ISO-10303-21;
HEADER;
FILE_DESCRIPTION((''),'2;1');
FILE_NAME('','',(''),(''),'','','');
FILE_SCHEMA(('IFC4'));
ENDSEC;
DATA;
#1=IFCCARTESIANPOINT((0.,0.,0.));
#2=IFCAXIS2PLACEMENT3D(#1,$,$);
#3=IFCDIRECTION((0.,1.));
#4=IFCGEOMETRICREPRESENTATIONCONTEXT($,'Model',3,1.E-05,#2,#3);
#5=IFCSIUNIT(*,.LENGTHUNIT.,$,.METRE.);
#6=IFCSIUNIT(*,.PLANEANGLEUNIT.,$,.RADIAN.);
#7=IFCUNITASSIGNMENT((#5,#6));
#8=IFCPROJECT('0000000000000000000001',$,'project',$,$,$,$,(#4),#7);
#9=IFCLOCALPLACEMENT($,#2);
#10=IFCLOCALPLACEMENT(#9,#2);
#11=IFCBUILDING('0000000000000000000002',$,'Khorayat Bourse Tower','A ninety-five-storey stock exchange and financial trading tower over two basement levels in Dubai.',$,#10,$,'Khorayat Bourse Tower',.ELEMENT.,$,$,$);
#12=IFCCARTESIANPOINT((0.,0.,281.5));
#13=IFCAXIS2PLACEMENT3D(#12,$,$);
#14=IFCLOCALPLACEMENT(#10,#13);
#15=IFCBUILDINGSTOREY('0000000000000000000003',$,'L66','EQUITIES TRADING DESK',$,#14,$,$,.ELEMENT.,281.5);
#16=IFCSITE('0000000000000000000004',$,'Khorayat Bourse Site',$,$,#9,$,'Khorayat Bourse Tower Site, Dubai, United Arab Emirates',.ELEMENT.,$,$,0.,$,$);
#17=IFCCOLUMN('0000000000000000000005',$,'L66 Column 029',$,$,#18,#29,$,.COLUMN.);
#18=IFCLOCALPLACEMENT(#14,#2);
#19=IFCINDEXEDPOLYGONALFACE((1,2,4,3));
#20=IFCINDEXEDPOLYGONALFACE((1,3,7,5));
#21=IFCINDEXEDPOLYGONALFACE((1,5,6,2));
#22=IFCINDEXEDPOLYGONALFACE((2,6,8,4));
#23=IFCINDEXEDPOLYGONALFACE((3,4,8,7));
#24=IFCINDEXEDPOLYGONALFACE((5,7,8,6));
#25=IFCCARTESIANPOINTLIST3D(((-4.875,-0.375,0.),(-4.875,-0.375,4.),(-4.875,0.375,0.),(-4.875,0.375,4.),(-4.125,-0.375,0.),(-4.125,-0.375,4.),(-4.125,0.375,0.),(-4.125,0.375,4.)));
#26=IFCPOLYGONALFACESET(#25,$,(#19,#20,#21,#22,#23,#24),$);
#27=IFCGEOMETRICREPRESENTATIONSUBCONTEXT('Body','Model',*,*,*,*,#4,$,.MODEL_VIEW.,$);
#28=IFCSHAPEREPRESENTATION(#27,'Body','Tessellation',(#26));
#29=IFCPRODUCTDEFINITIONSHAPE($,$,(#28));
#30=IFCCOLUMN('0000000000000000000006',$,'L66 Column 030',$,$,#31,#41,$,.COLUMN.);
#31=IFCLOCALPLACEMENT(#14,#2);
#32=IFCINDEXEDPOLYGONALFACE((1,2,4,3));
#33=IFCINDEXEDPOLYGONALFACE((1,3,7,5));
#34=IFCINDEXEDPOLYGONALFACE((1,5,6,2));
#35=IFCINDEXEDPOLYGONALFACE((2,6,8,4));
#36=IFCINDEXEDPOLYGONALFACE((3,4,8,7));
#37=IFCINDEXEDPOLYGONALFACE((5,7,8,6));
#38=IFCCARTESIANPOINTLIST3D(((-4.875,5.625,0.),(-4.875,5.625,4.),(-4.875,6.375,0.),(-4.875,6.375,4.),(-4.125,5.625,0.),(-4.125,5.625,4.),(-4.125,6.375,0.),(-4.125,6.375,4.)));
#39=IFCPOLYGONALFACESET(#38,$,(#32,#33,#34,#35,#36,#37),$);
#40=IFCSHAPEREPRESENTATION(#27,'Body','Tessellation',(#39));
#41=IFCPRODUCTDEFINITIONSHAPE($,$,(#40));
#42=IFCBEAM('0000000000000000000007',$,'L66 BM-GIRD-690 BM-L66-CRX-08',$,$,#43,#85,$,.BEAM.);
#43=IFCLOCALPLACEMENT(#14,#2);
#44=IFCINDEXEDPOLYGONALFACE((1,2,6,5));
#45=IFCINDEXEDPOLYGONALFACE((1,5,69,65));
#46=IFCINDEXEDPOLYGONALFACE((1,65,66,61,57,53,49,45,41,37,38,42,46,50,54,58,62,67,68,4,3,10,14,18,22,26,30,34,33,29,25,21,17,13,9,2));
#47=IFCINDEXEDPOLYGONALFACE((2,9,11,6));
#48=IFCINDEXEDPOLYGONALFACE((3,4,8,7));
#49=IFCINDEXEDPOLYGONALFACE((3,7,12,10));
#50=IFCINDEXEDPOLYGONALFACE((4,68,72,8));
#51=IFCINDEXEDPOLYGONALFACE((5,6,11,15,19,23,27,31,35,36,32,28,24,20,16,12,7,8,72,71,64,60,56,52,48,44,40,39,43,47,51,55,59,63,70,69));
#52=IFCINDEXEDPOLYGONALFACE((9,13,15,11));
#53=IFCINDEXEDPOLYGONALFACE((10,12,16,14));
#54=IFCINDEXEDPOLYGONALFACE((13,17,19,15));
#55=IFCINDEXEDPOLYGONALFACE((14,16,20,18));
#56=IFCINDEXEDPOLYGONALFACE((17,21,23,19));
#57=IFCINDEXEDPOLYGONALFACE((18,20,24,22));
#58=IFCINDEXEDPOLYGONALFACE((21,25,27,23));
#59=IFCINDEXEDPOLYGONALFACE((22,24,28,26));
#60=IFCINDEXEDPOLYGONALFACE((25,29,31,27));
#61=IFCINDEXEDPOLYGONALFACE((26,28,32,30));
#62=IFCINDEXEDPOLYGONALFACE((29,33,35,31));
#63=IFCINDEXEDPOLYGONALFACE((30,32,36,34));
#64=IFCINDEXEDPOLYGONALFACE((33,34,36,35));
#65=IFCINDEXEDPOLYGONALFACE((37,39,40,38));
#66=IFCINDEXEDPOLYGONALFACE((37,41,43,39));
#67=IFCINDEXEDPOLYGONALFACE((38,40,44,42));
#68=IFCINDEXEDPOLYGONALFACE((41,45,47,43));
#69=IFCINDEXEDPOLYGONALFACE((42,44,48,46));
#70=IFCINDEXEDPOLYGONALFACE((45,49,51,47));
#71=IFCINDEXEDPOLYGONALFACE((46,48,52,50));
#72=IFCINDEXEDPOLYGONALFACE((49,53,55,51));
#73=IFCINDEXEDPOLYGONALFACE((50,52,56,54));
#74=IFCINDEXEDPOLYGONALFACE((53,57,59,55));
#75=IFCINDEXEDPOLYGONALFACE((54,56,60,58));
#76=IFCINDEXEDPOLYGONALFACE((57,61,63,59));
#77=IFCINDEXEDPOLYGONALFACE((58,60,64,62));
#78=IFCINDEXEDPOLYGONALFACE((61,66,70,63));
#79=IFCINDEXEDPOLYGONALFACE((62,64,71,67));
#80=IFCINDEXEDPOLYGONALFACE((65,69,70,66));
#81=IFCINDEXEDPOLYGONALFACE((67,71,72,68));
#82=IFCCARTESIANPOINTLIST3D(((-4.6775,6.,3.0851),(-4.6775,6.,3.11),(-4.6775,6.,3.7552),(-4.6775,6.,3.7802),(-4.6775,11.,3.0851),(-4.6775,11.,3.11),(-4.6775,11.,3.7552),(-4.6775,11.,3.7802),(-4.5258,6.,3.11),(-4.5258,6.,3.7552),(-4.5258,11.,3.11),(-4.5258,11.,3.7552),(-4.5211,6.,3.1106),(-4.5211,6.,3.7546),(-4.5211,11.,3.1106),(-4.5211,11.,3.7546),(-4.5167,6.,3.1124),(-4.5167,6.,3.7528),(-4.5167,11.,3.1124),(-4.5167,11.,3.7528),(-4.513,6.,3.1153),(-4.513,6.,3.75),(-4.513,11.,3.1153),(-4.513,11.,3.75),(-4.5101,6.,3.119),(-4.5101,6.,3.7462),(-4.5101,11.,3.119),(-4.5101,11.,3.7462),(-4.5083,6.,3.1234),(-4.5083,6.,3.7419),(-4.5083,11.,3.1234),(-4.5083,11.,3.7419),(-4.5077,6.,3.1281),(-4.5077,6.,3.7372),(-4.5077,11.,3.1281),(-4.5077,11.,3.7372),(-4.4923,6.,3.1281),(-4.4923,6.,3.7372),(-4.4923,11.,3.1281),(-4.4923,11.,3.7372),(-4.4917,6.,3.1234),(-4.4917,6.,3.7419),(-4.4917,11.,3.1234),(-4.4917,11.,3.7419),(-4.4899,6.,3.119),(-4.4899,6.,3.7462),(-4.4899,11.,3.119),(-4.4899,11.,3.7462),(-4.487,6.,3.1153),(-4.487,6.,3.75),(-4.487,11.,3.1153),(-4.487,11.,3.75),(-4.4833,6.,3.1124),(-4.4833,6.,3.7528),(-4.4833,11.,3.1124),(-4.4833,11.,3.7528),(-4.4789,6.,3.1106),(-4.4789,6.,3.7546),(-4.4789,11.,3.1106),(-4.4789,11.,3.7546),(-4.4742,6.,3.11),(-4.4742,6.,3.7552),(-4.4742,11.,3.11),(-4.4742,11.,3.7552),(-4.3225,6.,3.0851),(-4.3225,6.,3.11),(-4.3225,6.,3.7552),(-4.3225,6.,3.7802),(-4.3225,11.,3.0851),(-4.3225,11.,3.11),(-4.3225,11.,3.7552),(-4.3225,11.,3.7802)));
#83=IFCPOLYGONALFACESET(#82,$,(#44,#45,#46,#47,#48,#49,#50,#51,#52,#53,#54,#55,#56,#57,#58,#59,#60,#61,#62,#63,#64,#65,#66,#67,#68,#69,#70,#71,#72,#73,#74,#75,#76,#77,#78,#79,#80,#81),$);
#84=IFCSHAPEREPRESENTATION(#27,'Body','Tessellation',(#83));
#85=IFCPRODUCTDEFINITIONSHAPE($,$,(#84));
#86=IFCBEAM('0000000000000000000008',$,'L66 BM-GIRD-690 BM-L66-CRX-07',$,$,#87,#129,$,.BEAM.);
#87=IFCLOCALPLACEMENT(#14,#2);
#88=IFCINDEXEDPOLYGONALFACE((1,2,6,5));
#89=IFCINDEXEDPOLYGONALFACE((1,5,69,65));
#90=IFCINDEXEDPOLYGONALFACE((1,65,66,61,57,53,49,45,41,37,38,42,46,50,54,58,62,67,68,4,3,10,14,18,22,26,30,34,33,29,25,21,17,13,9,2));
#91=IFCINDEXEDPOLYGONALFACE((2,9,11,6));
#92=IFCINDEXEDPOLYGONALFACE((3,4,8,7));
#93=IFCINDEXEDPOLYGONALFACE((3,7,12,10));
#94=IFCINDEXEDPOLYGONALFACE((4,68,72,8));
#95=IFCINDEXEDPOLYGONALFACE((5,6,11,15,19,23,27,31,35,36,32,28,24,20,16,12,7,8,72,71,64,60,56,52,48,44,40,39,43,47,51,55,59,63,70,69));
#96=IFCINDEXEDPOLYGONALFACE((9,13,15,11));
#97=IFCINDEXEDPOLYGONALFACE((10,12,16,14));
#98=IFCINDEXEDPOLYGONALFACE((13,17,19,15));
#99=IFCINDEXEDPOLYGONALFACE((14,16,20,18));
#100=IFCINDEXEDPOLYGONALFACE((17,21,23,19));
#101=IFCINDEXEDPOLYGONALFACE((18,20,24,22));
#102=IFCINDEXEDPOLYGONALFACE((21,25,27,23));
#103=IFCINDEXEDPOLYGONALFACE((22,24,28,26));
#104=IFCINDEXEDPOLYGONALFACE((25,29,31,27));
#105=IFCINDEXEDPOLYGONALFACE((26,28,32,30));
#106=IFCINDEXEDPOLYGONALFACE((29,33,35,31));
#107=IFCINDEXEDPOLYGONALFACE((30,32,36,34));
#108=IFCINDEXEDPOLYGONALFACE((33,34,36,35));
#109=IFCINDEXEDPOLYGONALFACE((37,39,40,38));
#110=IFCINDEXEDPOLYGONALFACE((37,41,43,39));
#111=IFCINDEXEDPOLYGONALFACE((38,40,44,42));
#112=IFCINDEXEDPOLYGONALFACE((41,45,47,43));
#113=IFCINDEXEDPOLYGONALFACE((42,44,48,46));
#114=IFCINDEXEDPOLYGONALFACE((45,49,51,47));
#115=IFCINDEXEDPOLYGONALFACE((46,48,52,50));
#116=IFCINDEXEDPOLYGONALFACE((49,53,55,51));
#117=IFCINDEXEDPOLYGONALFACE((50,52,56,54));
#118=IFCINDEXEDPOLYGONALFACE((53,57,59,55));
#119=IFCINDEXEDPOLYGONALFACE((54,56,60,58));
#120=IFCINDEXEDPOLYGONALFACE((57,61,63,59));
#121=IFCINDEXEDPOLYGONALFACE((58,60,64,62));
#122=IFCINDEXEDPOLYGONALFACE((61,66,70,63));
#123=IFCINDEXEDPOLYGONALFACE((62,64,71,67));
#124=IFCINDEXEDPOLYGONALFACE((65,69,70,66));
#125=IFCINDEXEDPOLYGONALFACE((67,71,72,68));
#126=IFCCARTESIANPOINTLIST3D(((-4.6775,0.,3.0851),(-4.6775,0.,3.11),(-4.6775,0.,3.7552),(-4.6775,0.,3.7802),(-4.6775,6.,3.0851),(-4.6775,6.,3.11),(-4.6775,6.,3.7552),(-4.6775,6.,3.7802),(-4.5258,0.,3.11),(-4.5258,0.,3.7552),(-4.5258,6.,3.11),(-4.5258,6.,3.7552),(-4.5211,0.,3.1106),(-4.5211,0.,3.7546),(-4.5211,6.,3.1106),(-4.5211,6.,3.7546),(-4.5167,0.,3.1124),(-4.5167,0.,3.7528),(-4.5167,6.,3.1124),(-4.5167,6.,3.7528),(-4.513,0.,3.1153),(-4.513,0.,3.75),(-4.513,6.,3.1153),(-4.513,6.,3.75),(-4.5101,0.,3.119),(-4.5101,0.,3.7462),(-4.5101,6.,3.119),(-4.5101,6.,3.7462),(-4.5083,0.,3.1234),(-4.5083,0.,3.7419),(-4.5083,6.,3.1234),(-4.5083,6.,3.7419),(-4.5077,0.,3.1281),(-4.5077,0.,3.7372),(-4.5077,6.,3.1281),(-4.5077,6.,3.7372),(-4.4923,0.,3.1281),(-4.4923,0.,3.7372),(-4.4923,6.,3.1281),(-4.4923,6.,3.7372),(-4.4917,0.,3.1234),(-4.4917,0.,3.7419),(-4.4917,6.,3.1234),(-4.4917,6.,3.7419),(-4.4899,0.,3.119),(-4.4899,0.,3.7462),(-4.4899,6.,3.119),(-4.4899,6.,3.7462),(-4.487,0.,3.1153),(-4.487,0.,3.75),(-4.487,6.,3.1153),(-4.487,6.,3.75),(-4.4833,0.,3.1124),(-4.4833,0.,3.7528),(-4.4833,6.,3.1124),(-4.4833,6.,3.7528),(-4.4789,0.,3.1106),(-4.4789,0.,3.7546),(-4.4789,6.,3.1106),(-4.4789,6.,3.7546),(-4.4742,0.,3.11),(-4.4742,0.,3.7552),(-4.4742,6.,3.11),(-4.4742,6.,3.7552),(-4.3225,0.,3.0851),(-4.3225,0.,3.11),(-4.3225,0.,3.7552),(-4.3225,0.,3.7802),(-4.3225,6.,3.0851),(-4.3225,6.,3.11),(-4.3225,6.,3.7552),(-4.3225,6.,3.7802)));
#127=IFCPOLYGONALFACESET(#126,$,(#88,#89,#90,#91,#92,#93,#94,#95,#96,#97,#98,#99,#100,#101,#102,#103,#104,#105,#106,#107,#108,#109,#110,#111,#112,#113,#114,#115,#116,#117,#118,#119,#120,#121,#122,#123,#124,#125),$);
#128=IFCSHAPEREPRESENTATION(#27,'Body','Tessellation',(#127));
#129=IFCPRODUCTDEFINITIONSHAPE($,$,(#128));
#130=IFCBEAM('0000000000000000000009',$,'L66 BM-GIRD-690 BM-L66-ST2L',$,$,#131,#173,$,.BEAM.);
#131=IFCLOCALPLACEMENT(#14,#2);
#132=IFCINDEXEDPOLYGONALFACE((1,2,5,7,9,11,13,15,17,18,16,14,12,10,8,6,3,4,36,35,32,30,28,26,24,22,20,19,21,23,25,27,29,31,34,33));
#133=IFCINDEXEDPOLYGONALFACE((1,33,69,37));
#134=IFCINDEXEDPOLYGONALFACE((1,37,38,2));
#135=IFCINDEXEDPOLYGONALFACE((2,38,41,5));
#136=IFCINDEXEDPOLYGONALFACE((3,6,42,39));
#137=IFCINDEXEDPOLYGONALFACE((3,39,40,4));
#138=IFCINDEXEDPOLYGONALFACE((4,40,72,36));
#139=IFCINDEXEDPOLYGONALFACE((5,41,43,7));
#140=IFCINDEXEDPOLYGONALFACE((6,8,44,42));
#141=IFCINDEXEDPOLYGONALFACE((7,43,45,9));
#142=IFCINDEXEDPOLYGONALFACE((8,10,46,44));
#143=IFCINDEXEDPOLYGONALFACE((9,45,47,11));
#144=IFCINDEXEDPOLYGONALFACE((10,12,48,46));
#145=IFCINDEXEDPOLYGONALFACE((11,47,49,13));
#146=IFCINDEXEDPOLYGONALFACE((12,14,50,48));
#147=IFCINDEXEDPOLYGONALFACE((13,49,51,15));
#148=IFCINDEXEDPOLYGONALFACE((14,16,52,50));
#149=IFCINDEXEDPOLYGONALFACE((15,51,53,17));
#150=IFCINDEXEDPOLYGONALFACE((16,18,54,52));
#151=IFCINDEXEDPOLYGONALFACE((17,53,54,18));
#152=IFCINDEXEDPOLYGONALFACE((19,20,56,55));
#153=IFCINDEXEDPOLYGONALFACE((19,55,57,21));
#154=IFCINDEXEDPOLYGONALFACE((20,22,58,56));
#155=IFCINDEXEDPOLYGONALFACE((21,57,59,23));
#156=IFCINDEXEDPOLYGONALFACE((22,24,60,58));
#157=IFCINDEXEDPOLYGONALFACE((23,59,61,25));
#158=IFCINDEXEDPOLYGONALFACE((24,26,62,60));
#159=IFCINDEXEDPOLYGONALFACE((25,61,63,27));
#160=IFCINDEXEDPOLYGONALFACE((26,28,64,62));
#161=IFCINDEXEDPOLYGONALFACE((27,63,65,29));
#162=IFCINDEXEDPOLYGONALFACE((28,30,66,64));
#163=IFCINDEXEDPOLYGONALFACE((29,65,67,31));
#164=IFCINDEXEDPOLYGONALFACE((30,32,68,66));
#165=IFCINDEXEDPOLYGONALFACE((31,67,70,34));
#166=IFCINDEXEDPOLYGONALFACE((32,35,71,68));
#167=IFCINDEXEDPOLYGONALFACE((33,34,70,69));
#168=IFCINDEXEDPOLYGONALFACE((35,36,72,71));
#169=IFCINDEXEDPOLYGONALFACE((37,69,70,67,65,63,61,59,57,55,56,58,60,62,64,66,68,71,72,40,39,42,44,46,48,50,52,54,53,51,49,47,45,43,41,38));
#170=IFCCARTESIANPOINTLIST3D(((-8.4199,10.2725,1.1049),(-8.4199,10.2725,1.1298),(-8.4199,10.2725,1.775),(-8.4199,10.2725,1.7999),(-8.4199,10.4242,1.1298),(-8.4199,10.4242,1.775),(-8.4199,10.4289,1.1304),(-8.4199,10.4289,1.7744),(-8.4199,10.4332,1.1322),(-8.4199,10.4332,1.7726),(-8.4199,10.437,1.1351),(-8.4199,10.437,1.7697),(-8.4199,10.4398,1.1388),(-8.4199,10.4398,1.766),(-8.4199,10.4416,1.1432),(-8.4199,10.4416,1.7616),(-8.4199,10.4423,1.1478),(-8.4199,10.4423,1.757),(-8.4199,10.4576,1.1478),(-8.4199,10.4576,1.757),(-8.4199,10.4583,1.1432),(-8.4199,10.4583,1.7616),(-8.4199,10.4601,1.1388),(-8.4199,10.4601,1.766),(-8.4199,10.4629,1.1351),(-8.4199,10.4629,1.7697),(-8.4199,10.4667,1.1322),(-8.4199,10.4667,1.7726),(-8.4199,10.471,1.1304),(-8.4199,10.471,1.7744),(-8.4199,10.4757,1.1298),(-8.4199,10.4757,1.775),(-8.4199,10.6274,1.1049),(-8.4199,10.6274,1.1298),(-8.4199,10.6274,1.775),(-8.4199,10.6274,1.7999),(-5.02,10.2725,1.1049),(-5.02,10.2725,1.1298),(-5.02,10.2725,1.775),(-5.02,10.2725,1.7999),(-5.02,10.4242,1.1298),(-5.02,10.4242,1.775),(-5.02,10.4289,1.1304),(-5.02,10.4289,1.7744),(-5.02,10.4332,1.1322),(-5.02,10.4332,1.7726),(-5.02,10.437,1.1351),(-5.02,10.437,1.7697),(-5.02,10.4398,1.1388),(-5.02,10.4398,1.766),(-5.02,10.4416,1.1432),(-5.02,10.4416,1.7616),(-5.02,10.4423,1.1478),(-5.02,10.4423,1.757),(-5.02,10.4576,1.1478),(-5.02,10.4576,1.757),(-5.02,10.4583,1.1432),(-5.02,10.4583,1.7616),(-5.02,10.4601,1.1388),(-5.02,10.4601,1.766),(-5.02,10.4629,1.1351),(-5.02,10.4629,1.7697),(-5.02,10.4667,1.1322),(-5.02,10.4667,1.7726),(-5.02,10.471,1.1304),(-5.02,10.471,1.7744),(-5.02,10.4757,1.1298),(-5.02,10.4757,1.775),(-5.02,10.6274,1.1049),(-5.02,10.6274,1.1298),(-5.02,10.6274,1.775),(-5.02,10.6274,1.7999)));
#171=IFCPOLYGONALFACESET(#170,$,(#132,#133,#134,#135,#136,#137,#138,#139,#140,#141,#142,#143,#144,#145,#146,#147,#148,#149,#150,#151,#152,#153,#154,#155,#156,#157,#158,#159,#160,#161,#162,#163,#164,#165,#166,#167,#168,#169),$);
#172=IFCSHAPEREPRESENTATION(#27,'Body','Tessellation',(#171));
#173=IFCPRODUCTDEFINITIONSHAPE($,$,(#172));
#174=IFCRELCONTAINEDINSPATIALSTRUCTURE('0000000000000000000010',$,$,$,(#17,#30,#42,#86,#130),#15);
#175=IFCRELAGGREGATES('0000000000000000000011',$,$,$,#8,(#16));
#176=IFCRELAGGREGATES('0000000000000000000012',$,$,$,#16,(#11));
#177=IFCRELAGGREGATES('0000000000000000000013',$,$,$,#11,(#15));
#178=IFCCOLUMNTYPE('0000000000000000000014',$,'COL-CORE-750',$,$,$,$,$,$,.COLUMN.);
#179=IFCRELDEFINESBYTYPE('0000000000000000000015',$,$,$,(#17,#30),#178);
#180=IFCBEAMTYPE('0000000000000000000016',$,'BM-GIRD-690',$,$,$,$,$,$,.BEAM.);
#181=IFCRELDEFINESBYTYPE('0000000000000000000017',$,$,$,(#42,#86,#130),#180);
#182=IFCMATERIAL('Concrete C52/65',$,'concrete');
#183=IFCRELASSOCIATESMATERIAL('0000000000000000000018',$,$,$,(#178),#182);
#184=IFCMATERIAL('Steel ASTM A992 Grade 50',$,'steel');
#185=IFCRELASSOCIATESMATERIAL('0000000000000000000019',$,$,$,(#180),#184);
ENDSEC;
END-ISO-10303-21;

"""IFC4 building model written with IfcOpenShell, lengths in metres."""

from ifc_helpers import new_model, si_unit, direction, frame, origin, origin_2d, place, context, subcontext, project, spatial, rectangle, i_section, extrude, source, transform, mapped, material, material_profile, profile_set, type_object, element, save


model = new_model("IFC4")

# Units and contexts
model_context = context("Model", 3, precision=1e-05, world=origin(), true_north=direction((0.0, 1.0)))
body_context = subcontext(model_context, "Body", "Model", "MODEL_VIEW")
ifc_project = project(units=[si_unit("LENGTHUNIT", "METRE"), si_unit("PLANEANGLEUNIT", "RADIAN")], contexts=[model_context])

# Site, building, storey
site_placement = place(None, origin())
site = spatial("IfcSite", under=ifc_project, at=site_placement, Name="Khorayat Bourse Site", LongName="Khorayat Bourse Tower Site, Dubai, United Arab Emirates", CompositionType="ELEMENT", RefElevation=0.0)
building_placement = place(site_placement, origin())
building = spatial("IfcBuilding", under=site, at=building_placement, Name="Khorayat Bourse Tower", Description="A ninety-five-storey stock exchange and financial trading tower over two basement levels in Dubai.", LongName="Khorayat Bourse Tower", CompositionType="ELEMENT")
storey_placement = place(building_placement, frame((0.0, 0.0, 281.5)))
storey = spatial("IfcBuildingStorey", under=building, at=storey_placement, Name="L66", Description="EQUITIES TRADING DESK", CompositionType="ELEMENT", Elevation=281.5)

# Columns
ifc_material_1 = material(Name="Concrete C52/65", Category="concrete")
ifc_material_profile_1 = material_profile(ifc_material_1, rectangle(XDim=0.75, YDim=0.75, at=origin_2d()), Name="RC 750x750")
ifc_profile_set_1 = profile_set([ifc_material_profile_1], Name="Concrete C52/65")
column_type = type_object("IfcColumnType", Name="COL-CORE-750", PredefinedType="COLUMN", material=ifc_profile_set_1)
shared_shape_1 = source(origin(), body_context, "Body", "SweptSolid", [
    extrude(rectangle(XDim=0.75, YDim=0.75, at=origin_2d()), origin(), (0.0, 0.0, 1.0), 4.0),
])
for number, where, z_axis, x_axis, name in (
    (1, (-4.5, 0.0, 0.0), (0.0, 0.0, 1.0), (1.0, 0.0, 0.0), "L66 Column 029"),
    (2, (-4.5, 6.0, 0.0), (0.0, 0.0, 1.0), (1.0, 0.0, 0.0), "L66 Column 030"),
):
    element("IfcColumn", number, at=place(storey_placement, frame(where, z_axis=z_axis, x_axis=x_axis)), inside=storey, type_object=column_type, Name=name, PredefinedType="COLUMN", context=body_context, shape_type="MappedRepresentation", body=[
        mapped(shared_shape_1, transform((0.0, 0.0, 0.0), scale=1.0)),
    ])

# Beams
ifc_material_2 = material(Name="Steel ASTM A992 Grade 50", Category="steel")
ifc_material_profile_2 = material_profile(ifc_material_2, i_section(OverallWidth=0.355, OverallDepth=0.6951, WebThickness=0.0154, FlangeThickness=0.0249, FilletRadius=0.0181, at=origin_2d()), Name="W690X217")
ifc_profile_set_2 = profile_set([ifc_material_profile_2], Name="Steel ASTM A992 Grade 50")
beam_type = type_object("IfcBeamType", Name="BM-GIRD-690", PredefinedType="BEAM", material=ifc_profile_set_2)
shared_shape_2 = source(origin(), body_context, "Body", "SweptSolid", [
    extrude(i_section(OverallWidth=0.355, OverallDepth=0.6951, WebThickness=0.0154, FlangeThickness=0.0249, FilletRadius=0.0181, at=origin_2d()), origin(), (0.0, 0.0, 1.0), 5.0),
])
beam_1_placement = place(storey_placement, frame((-4.5, 6.0, 3.4326), z_axis=(0.0, 1.0, 0.0), x_axis=(-1.0, 0.0, 0.0)))
element("IfcBeam", 3, at=beam_1_placement, inside=storey, type_object=beam_type, Name="L66 BM-GIRD-690 BM-L66-CRX-08", PredefinedType="BEAM", context=body_context, shape_type="MappedRepresentation", body=[
    mapped(shared_shape_2, transform((0.0, 0.0, 0.0), scale=1.0)),
])
shared_shape_3 = source(origin(), body_context, "Body", "SweptSolid", [
    extrude(i_section(OverallWidth=0.355, OverallDepth=0.6951, WebThickness=0.0154, FlangeThickness=0.0249, FilletRadius=0.0181, at=origin_2d()), origin(), (0.0, 0.0, 1.0), 6.0),
])
beam_2_placement = place(storey_placement, frame((-4.5, 0.0, 3.4326), z_axis=(0.0, 1.0, 0.0), x_axis=(-1.0, 0.0, 0.0)))
element("IfcBeam", 4, at=beam_2_placement, inside=storey, type_object=beam_type, Name="L66 BM-GIRD-690 BM-L66-CRX-07", PredefinedType="BEAM", context=body_context, shape_type="MappedRepresentation", body=[
    mapped(shared_shape_3, transform((0.0, 0.0, 0.0), scale=1.0)),
])
shared_shape_4 = source(origin(), body_context, "Body", "SweptSolid", [
    extrude(i_section(OverallWidth=0.355, OverallDepth=0.6951, WebThickness=0.0154, FlangeThickness=0.0249, FilletRadius=0.0181, at=origin_2d()), origin(), (0.0, 0.0, 1.0), 3.3999),
])
beam_3_placement = place(storey_placement, frame((-8.4199, 10.45, 1.4524), z_axis=(1.0, 0.0, 0.0), x_axis=(0.0, 1.0, 0.0)))
element("IfcBeam", 5, at=beam_3_placement, inside=storey, type_object=beam_type, Name="L66 BM-GIRD-690 BM-L66-ST2L", PredefinedType="BEAM", context=body_context, shape_type="MappedRepresentation", body=[
    mapped(shared_shape_4, transform((0.0, 0.0, 0.0), scale=1.0)),
])

save(model, "model.ifc")
